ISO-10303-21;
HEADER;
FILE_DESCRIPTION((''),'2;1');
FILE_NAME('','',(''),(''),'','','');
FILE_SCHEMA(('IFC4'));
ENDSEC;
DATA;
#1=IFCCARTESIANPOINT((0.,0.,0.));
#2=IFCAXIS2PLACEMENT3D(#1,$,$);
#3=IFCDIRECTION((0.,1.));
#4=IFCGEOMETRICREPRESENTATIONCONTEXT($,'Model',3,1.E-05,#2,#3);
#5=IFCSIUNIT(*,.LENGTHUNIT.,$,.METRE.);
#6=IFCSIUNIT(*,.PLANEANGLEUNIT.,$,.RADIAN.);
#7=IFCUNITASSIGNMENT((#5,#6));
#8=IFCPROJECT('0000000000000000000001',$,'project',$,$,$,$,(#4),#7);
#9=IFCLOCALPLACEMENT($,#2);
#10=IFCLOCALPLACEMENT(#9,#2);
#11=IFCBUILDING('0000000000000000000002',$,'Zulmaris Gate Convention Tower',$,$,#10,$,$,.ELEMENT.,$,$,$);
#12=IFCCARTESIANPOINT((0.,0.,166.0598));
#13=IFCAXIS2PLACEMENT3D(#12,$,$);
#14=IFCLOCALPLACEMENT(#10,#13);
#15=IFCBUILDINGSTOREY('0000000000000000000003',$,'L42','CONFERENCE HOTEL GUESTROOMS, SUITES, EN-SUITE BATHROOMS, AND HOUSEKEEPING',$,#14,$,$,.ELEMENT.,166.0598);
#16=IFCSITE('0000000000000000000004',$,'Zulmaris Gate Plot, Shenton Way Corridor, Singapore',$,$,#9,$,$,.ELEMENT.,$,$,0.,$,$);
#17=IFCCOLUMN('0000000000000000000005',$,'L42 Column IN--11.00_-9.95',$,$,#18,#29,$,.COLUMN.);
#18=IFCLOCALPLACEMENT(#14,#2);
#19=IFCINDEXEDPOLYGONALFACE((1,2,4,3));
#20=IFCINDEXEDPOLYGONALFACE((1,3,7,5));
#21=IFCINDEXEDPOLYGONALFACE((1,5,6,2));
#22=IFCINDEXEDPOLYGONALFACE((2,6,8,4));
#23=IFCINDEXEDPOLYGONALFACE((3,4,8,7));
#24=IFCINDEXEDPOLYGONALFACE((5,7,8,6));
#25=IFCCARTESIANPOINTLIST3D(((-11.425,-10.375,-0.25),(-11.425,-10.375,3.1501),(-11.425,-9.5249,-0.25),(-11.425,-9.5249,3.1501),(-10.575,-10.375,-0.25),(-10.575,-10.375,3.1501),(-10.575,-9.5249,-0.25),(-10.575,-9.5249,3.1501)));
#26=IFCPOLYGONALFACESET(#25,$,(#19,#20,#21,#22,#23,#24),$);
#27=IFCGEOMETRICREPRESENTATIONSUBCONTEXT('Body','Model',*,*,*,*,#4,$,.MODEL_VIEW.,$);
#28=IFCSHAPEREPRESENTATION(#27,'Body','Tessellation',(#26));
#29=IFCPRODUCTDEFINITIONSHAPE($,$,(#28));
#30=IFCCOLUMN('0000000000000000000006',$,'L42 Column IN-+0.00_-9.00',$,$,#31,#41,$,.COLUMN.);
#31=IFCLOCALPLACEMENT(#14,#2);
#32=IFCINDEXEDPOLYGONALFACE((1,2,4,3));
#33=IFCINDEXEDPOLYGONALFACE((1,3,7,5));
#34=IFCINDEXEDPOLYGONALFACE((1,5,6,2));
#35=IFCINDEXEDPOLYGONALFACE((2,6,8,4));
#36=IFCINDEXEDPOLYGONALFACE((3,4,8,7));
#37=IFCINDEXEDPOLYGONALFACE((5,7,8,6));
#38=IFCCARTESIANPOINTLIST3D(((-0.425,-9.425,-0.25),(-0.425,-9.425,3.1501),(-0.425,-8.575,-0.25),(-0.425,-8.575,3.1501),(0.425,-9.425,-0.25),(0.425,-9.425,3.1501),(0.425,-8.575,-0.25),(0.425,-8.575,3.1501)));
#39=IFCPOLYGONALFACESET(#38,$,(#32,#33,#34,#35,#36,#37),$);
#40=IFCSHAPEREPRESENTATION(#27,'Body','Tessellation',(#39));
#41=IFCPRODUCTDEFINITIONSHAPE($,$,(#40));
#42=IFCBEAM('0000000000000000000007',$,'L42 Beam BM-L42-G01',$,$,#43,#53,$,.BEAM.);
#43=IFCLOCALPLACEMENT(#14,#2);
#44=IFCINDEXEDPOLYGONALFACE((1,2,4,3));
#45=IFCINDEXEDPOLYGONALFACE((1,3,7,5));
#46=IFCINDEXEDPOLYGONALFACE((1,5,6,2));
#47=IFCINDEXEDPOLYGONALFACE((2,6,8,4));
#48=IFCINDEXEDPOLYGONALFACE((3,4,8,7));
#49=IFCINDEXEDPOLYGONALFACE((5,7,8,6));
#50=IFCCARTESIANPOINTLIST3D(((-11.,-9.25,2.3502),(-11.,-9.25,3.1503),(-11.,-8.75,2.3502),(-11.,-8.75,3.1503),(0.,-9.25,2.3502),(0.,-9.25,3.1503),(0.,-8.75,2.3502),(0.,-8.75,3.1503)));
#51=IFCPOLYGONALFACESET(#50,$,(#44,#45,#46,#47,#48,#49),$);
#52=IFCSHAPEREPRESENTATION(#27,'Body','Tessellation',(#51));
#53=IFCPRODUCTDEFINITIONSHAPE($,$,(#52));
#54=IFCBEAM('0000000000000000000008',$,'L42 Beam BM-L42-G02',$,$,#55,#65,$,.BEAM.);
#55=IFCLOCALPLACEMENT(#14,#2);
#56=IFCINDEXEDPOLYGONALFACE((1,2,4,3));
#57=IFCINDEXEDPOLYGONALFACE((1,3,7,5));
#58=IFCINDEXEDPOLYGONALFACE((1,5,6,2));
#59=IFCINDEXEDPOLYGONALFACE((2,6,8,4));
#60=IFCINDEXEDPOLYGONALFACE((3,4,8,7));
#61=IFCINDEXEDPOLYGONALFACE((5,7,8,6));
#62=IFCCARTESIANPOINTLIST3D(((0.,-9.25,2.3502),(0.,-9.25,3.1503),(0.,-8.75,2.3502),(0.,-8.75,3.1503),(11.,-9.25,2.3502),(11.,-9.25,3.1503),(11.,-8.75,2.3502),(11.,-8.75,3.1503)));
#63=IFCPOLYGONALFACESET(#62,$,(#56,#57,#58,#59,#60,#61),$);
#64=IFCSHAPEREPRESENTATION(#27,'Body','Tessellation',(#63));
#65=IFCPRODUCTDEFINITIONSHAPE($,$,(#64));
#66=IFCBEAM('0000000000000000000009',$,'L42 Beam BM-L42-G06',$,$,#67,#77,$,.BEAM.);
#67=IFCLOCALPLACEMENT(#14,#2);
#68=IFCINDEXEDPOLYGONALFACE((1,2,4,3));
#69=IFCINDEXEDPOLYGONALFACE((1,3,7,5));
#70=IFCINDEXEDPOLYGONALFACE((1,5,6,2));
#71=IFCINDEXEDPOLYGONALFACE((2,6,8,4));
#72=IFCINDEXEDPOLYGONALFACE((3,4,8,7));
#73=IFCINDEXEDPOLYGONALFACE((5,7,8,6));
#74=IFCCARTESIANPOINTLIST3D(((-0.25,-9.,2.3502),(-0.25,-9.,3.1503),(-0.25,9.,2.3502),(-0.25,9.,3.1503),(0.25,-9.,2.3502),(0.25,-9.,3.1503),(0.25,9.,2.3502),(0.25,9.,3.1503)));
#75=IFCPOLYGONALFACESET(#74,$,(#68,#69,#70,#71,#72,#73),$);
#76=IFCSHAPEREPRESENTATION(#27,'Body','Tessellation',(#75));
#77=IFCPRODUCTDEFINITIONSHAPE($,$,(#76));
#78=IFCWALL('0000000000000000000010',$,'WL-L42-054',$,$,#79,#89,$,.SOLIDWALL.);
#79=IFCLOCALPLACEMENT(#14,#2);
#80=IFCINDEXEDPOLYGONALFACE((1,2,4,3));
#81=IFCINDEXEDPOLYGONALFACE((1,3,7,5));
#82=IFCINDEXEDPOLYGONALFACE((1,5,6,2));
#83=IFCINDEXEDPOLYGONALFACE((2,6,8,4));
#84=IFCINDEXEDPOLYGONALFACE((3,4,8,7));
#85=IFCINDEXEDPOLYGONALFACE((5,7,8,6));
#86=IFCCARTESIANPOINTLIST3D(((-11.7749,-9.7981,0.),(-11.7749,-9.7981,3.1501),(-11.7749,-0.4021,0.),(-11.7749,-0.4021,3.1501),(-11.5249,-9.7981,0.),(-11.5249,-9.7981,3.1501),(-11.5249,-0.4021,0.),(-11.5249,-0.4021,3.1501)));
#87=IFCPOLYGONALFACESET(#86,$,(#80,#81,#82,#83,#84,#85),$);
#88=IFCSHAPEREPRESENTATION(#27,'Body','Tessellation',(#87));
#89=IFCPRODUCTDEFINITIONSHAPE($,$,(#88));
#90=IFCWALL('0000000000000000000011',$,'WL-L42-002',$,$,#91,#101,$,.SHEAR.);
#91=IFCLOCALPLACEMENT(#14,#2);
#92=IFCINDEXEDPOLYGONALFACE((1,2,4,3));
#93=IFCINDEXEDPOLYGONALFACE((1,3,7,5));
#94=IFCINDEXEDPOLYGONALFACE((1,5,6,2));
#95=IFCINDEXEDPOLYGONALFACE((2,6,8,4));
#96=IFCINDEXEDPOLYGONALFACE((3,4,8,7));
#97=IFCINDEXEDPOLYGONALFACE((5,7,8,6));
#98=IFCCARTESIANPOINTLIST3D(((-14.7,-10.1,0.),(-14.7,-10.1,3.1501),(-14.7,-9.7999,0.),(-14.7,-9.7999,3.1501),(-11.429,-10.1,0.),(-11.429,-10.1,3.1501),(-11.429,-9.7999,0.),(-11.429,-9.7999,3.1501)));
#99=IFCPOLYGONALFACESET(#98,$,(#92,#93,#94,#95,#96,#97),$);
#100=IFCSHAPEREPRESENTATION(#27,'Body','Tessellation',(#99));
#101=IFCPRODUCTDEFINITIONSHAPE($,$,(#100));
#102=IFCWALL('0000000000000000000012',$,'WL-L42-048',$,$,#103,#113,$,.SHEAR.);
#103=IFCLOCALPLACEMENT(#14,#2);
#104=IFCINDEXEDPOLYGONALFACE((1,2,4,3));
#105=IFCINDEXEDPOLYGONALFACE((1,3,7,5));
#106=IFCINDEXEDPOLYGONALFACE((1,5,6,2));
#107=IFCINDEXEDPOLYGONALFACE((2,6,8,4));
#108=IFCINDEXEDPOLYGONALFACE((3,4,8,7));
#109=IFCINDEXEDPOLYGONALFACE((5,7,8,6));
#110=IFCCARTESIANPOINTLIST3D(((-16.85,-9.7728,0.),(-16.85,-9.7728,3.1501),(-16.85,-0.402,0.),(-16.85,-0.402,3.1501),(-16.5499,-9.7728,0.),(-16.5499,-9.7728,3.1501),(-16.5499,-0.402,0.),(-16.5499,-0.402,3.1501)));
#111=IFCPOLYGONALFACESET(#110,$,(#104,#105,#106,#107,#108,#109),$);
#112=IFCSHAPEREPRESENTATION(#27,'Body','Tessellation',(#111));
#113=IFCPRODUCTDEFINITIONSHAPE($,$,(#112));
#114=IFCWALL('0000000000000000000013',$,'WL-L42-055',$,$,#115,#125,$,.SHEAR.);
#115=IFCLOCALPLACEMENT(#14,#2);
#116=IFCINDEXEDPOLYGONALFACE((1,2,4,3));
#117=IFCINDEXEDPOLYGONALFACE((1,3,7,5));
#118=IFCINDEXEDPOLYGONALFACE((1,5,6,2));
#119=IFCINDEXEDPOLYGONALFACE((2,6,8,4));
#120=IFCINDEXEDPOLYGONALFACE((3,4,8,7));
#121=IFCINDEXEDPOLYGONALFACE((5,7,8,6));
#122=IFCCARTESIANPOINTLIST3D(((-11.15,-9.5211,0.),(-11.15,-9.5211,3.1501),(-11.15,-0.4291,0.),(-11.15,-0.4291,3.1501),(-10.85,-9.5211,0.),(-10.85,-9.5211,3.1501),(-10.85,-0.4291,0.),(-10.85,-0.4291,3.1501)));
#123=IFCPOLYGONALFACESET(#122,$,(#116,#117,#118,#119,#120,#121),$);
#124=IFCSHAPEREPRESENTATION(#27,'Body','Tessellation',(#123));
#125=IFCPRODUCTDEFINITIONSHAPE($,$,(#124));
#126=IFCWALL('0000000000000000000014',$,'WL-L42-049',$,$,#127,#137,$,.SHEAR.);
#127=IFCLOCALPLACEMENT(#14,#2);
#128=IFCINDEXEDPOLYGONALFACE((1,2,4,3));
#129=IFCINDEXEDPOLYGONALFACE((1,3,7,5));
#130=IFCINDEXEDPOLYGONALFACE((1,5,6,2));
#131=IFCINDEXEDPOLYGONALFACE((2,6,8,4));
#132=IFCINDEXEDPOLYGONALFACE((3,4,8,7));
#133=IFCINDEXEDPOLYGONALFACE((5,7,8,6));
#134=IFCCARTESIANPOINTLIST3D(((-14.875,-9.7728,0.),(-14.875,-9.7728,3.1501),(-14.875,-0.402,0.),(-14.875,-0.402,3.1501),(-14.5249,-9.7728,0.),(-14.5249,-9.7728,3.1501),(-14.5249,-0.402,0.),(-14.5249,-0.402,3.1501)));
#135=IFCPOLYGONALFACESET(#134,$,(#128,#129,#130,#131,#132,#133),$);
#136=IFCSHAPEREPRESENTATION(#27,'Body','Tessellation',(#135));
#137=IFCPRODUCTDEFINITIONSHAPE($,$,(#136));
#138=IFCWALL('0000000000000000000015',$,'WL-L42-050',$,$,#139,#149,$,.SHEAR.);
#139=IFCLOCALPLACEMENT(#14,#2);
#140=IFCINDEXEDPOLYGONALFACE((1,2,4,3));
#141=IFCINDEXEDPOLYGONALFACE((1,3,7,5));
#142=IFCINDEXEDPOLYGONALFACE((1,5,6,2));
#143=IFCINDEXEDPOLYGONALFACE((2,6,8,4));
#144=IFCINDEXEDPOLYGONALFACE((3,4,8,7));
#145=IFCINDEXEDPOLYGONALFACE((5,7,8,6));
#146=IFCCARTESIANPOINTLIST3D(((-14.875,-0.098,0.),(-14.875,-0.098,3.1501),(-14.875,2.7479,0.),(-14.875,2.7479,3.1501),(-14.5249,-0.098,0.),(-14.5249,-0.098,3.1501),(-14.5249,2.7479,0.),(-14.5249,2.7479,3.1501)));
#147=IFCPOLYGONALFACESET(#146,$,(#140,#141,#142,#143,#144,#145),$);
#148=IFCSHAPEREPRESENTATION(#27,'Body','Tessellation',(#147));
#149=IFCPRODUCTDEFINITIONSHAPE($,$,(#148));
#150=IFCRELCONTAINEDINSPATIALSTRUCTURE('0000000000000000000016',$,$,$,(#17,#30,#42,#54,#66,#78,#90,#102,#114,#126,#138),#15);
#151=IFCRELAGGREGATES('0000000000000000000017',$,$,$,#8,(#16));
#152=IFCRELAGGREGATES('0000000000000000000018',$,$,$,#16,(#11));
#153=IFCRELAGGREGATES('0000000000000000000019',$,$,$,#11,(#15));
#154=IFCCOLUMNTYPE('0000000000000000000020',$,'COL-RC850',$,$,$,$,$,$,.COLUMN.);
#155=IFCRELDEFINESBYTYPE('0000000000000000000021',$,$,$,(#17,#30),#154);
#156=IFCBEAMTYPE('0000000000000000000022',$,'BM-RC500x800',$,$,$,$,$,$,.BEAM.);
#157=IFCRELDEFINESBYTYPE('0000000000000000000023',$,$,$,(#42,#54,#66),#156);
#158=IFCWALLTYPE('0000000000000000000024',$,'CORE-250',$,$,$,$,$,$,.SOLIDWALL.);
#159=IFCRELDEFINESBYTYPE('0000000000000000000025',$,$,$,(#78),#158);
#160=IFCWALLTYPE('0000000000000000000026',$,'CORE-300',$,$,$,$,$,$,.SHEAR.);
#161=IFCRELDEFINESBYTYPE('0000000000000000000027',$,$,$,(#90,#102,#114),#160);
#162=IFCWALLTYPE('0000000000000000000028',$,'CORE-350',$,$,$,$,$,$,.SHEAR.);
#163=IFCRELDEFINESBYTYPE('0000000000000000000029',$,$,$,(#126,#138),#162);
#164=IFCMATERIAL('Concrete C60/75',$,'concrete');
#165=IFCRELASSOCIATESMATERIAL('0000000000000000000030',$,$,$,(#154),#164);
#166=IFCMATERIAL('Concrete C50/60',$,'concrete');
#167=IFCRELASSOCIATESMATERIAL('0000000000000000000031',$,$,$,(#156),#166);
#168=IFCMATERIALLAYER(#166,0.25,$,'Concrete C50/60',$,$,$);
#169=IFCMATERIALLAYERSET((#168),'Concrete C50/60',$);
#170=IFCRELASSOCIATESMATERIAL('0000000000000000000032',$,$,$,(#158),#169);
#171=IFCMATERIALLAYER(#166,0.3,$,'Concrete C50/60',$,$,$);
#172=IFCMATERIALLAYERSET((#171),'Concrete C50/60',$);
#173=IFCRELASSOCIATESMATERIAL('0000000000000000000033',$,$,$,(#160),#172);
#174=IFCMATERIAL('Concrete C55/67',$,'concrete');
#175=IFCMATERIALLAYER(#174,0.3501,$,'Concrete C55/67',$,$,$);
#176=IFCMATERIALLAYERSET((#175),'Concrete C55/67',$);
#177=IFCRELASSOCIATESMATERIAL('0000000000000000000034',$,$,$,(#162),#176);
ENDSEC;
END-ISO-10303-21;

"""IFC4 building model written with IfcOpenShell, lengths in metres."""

from ifc_helpers import new_model, si_unit, direction, frame, frame_2d, origin, origin_2d, place, context, subcontext, project, spatial, rectangle, extrude, material, layer, layer_set, material_profile, profile_set, type_object, element, save


model = new_model("IFC4")

# Units and contexts
model_context = context("Model", 3, precision=1e-05, world=origin(), true_north=direction((0.0, 1.0)))
body_context = subcontext(model_context, "Body", "Model", "MODEL_VIEW")
ifc_project = project(units=[si_unit("LENGTHUNIT", "METRE"), si_unit("PLANEANGLEUNIT", "RADIAN")], contexts=[model_context])

# Site, building, storey
site_placement = place(None, origin())
site = spatial("IfcSite", under=ifc_project, at=site_placement, Name="Zulmaris Gate Plot, Shenton Way Corridor, Singapore", CompositionType="ELEMENT", RefElevation=0.0)
building_placement = place(site_placement, origin())
building = spatial("IfcBuilding", under=site, at=building_placement, Name="Zulmaris Gate Convention Tower", CompositionType="ELEMENT")
storey_placement = place(building_placement, frame((0.0, 0.0, 166.0598)))
storey = spatial("IfcBuildingStorey", under=building, at=storey_placement, Name="L42", Description="CONFERENCE HOTEL GUESTROOMS, SUITES, EN-SUITE BATHROOMS, AND HOUSEKEEPING", CompositionType="ELEMENT", Elevation=166.0598)

# Columns
ifc_material_1 = material(Name="Concrete C60/75", Category="concrete")
ifc_material_profile_1 = material_profile(ifc_material_1, rectangle(XDim=0.8501, YDim=0.8501, at=origin_2d()), Name="RC COL 850x850")
ifc_profile_set_1 = profile_set([ifc_material_profile_1], Name="Concrete C60/75")
column_type = type_object("IfcColumnType", Name="COL-RC850", PredefinedType="COLUMN", material=ifc_profile_set_1)
for number, where, z_axis, x_axis, name in (
    (1, (-11.0, -9.95, -0.25), (0.0, 0.0, 1.0), (1.0, 0.0, 0.0), "L42 Column IN--11.00_-9.95"),
    (2, (0.0, -9.0, -0.25), (0.0, 0.0, 1.0), (1.0, 0.0, 0.0), "L42 Column IN-+0.00_-9.00"),
):
    element("IfcColumn", number, at=place(storey_placement, frame(where, z_axis=z_axis, x_axis=x_axis)), inside=storey, type_object=column_type, Name=name, PredefinedType="COLUMN", context=body_context, shape_type="SweptSolid", body=[
        extrude(rectangle(XDim=0.8501, YDim=0.8501, at=origin_2d()), origin(), (0.0, 0.0, 1.0), 3.4001),
    ])

# Beams
ifc_material_2 = material(Name="Concrete C50/60", Category="concrete")
ifc_material_profile_2 = material_profile(ifc_material_2, rectangle(XDim=0.5, YDim=0.8, at=origin_2d()), Name="RC BEAM 500x800")
ifc_profile_set_2 = profile_set([ifc_material_profile_2], Name="Concrete C50/60")
beam_type = type_object("IfcBeamType", Name="BM-RC500x800", PredefinedType="BEAM", material=ifc_profile_set_2)
for number, where, z_axis, x_axis, name in (
    (3, (-11.0, -9.0, 2.7502), (1.0, 0.0, 0.0), (0.0, 1.0, 0.0), "L42 Beam BM-L42-G01"),
    (4, (0.0, -9.0, 2.7502), (1.0, 0.0, 0.0), (0.0, 1.0, 0.0), "L42 Beam BM-L42-G02"),
):
    element("IfcBeam", number, at=place(storey_placement, frame(where, z_axis=z_axis, x_axis=x_axis)), inside=storey, type_object=beam_type, Name=name, PredefinedType="BEAM", context=body_context, shape_type="SweptSolid", body=[
        extrude(rectangle(XDim=0.5, YDim=0.8, at=origin_2d()), origin(), (0.0, 0.0, 1.0), 11.0),
    ])
beam_placement = place(storey_placement, frame((0.0, -9.0, 2.7502), z_axis=(0.0, 1.0, 0.0), x_axis=(-1.0, 0.0, 0.0)))
element("IfcBeam", 5, at=beam_placement, inside=storey, type_object=beam_type, Name="L42 Beam BM-L42-G06", PredefinedType="BEAM", context=body_context, shape_type="SweptSolid", body=[
    extrude(rectangle(XDim=0.5, YDim=0.8, at=origin_2d()), origin(), (0.0, 0.0, 1.0), 18.0),
])

# Walls
ifc_layer_1 = layer(ifc_material_2, 0.25, Name="Concrete C50/60")
ifc_layer_set_1 = layer_set([ifc_layer_1], Name="Concrete C50/60")
wall_type_1 = type_object("IfcWallType", Name="CORE-250", PredefinedType="SOLIDWALL", material=ifc_layer_set_1)
wall_1_placement = place(storey_placement, frame((-11.6499, -9.7981, 0.0), z_axis=(0.0, 0.0, 1.0), x_axis=(0.0, 1.0, 0.0)))
element("IfcWall", 6, at=wall_1_placement, inside=storey, type_object=wall_type_1, Name="WL-L42-054", PredefinedType="SOLIDWALL", context=body_context, shape_type="SweptSolid", body=[
    extrude(rectangle(XDim=9.396, YDim=0.25, at=frame_2d((4.698, 0.0))), origin(), (0.0, 0.0, 1.0), 3.1501),
])
ifc_layer_2 = layer(ifc_material_2, 0.3, Name="Concrete C50/60")
ifc_layer_set_2 = layer_set([ifc_layer_2], Name="Concrete C50/60")
wall_type_2 = type_object("IfcWallType", Name="CORE-300", PredefinedType="SHEAR", material=ifc_layer_set_2)
wall_2_placement = place(storey_placement, frame((-14.7, -9.95, 0.0), z_axis=(0.0, 0.0, 1.0), x_axis=(1.0, 0.0, 0.0)))
element("IfcWall", 7, at=wall_2_placement, inside=storey, type_object=wall_type_2, Name="WL-L42-002", PredefinedType="SHEAR", context=body_context, shape_type="SweptSolid", body=[
    extrude(rectangle(XDim=3.271, YDim=0.3, at=frame_2d((1.6355, 0.0))), origin(), (0.0, 0.0, 1.0), 3.1501),
])
wall_3_placement = place(storey_placement, frame((-16.7, -9.7729, 0.0), z_axis=(0.0, 0.0, 1.0), x_axis=(0.0, 1.0, 0.0)))
element("IfcWall", 8, at=wall_3_placement, inside=storey, type_object=wall_type_2, Name="WL-L42-048", PredefinedType="SHEAR", context=body_context, shape_type="SweptSolid", body=[
    extrude(rectangle(XDim=9.3708, YDim=0.3, at=frame_2d((4.6855, 0.0))), origin(), (0.0, 0.0, 1.0), 3.1501),
])
wall_4_placement = place(storey_placement, frame((-11.0, -9.521, 0.0), z_axis=(0.0, 0.0, 1.0), x_axis=(0.0, 1.0, 0.0)))
element("IfcWall", 9, at=wall_4_placement, inside=storey, type_object=wall_type_2, Name="WL-L42-055", PredefinedType="SHEAR", context=body_context, shape_type="SweptSolid", body=[
    extrude(rectangle(XDim=9.092, YDim=0.3, at=frame_2d((4.5459, 0.0))), origin(), (0.0, 0.0, 1.0), 3.1501),
])
ifc_material_3 = material(Name="Concrete C55/67", Category="concrete")
ifc_layer_3 = layer(ifc_material_3, 0.3501, Name="Concrete C55/67")
ifc_layer_set_3 = layer_set([ifc_layer_3], Name="Concrete C55/67")
wall_type_3 = type_object("IfcWallType", Name="CORE-350", PredefinedType="SHEAR", material=ifc_layer_set_3)
wall_5_placement = place(storey_placement, frame((-14.7, -9.7729, 0.0), z_axis=(0.0, 0.0, 1.0), x_axis=(0.0, 1.0, 0.0)))
element("IfcWall", 10, at=wall_5_placement, inside=storey, type_object=wall_type_3, Name="WL-L42-049", PredefinedType="SHEAR", context=body_context, shape_type="SweptSolid", body=[
    extrude(rectangle(XDim=9.3708, YDim=0.3501, at=frame_2d((4.6855, 0.0))), origin(), (0.0, 0.0, 1.0), 3.1501),
])
wall_6_placement = place(storey_placement, frame((-14.7, -0.0979, 0.0), z_axis=(0.0, 0.0, 1.0), x_axis=(0.0, 1.0, 0.0)))
element("IfcWall", 11, at=wall_6_placement, inside=storey, type_object=wall_type_3, Name="WL-L42-050", PredefinedType="SHEAR", context=body_context, shape_type="SweptSolid", body=[
    extrude(rectangle(XDim=2.8459, YDim=0.3501, at=frame_2d((1.4229, 0.0))), origin(), (0.0, 0.0, 1.0), 3.1501),
])

save(model, "model.ifc")
